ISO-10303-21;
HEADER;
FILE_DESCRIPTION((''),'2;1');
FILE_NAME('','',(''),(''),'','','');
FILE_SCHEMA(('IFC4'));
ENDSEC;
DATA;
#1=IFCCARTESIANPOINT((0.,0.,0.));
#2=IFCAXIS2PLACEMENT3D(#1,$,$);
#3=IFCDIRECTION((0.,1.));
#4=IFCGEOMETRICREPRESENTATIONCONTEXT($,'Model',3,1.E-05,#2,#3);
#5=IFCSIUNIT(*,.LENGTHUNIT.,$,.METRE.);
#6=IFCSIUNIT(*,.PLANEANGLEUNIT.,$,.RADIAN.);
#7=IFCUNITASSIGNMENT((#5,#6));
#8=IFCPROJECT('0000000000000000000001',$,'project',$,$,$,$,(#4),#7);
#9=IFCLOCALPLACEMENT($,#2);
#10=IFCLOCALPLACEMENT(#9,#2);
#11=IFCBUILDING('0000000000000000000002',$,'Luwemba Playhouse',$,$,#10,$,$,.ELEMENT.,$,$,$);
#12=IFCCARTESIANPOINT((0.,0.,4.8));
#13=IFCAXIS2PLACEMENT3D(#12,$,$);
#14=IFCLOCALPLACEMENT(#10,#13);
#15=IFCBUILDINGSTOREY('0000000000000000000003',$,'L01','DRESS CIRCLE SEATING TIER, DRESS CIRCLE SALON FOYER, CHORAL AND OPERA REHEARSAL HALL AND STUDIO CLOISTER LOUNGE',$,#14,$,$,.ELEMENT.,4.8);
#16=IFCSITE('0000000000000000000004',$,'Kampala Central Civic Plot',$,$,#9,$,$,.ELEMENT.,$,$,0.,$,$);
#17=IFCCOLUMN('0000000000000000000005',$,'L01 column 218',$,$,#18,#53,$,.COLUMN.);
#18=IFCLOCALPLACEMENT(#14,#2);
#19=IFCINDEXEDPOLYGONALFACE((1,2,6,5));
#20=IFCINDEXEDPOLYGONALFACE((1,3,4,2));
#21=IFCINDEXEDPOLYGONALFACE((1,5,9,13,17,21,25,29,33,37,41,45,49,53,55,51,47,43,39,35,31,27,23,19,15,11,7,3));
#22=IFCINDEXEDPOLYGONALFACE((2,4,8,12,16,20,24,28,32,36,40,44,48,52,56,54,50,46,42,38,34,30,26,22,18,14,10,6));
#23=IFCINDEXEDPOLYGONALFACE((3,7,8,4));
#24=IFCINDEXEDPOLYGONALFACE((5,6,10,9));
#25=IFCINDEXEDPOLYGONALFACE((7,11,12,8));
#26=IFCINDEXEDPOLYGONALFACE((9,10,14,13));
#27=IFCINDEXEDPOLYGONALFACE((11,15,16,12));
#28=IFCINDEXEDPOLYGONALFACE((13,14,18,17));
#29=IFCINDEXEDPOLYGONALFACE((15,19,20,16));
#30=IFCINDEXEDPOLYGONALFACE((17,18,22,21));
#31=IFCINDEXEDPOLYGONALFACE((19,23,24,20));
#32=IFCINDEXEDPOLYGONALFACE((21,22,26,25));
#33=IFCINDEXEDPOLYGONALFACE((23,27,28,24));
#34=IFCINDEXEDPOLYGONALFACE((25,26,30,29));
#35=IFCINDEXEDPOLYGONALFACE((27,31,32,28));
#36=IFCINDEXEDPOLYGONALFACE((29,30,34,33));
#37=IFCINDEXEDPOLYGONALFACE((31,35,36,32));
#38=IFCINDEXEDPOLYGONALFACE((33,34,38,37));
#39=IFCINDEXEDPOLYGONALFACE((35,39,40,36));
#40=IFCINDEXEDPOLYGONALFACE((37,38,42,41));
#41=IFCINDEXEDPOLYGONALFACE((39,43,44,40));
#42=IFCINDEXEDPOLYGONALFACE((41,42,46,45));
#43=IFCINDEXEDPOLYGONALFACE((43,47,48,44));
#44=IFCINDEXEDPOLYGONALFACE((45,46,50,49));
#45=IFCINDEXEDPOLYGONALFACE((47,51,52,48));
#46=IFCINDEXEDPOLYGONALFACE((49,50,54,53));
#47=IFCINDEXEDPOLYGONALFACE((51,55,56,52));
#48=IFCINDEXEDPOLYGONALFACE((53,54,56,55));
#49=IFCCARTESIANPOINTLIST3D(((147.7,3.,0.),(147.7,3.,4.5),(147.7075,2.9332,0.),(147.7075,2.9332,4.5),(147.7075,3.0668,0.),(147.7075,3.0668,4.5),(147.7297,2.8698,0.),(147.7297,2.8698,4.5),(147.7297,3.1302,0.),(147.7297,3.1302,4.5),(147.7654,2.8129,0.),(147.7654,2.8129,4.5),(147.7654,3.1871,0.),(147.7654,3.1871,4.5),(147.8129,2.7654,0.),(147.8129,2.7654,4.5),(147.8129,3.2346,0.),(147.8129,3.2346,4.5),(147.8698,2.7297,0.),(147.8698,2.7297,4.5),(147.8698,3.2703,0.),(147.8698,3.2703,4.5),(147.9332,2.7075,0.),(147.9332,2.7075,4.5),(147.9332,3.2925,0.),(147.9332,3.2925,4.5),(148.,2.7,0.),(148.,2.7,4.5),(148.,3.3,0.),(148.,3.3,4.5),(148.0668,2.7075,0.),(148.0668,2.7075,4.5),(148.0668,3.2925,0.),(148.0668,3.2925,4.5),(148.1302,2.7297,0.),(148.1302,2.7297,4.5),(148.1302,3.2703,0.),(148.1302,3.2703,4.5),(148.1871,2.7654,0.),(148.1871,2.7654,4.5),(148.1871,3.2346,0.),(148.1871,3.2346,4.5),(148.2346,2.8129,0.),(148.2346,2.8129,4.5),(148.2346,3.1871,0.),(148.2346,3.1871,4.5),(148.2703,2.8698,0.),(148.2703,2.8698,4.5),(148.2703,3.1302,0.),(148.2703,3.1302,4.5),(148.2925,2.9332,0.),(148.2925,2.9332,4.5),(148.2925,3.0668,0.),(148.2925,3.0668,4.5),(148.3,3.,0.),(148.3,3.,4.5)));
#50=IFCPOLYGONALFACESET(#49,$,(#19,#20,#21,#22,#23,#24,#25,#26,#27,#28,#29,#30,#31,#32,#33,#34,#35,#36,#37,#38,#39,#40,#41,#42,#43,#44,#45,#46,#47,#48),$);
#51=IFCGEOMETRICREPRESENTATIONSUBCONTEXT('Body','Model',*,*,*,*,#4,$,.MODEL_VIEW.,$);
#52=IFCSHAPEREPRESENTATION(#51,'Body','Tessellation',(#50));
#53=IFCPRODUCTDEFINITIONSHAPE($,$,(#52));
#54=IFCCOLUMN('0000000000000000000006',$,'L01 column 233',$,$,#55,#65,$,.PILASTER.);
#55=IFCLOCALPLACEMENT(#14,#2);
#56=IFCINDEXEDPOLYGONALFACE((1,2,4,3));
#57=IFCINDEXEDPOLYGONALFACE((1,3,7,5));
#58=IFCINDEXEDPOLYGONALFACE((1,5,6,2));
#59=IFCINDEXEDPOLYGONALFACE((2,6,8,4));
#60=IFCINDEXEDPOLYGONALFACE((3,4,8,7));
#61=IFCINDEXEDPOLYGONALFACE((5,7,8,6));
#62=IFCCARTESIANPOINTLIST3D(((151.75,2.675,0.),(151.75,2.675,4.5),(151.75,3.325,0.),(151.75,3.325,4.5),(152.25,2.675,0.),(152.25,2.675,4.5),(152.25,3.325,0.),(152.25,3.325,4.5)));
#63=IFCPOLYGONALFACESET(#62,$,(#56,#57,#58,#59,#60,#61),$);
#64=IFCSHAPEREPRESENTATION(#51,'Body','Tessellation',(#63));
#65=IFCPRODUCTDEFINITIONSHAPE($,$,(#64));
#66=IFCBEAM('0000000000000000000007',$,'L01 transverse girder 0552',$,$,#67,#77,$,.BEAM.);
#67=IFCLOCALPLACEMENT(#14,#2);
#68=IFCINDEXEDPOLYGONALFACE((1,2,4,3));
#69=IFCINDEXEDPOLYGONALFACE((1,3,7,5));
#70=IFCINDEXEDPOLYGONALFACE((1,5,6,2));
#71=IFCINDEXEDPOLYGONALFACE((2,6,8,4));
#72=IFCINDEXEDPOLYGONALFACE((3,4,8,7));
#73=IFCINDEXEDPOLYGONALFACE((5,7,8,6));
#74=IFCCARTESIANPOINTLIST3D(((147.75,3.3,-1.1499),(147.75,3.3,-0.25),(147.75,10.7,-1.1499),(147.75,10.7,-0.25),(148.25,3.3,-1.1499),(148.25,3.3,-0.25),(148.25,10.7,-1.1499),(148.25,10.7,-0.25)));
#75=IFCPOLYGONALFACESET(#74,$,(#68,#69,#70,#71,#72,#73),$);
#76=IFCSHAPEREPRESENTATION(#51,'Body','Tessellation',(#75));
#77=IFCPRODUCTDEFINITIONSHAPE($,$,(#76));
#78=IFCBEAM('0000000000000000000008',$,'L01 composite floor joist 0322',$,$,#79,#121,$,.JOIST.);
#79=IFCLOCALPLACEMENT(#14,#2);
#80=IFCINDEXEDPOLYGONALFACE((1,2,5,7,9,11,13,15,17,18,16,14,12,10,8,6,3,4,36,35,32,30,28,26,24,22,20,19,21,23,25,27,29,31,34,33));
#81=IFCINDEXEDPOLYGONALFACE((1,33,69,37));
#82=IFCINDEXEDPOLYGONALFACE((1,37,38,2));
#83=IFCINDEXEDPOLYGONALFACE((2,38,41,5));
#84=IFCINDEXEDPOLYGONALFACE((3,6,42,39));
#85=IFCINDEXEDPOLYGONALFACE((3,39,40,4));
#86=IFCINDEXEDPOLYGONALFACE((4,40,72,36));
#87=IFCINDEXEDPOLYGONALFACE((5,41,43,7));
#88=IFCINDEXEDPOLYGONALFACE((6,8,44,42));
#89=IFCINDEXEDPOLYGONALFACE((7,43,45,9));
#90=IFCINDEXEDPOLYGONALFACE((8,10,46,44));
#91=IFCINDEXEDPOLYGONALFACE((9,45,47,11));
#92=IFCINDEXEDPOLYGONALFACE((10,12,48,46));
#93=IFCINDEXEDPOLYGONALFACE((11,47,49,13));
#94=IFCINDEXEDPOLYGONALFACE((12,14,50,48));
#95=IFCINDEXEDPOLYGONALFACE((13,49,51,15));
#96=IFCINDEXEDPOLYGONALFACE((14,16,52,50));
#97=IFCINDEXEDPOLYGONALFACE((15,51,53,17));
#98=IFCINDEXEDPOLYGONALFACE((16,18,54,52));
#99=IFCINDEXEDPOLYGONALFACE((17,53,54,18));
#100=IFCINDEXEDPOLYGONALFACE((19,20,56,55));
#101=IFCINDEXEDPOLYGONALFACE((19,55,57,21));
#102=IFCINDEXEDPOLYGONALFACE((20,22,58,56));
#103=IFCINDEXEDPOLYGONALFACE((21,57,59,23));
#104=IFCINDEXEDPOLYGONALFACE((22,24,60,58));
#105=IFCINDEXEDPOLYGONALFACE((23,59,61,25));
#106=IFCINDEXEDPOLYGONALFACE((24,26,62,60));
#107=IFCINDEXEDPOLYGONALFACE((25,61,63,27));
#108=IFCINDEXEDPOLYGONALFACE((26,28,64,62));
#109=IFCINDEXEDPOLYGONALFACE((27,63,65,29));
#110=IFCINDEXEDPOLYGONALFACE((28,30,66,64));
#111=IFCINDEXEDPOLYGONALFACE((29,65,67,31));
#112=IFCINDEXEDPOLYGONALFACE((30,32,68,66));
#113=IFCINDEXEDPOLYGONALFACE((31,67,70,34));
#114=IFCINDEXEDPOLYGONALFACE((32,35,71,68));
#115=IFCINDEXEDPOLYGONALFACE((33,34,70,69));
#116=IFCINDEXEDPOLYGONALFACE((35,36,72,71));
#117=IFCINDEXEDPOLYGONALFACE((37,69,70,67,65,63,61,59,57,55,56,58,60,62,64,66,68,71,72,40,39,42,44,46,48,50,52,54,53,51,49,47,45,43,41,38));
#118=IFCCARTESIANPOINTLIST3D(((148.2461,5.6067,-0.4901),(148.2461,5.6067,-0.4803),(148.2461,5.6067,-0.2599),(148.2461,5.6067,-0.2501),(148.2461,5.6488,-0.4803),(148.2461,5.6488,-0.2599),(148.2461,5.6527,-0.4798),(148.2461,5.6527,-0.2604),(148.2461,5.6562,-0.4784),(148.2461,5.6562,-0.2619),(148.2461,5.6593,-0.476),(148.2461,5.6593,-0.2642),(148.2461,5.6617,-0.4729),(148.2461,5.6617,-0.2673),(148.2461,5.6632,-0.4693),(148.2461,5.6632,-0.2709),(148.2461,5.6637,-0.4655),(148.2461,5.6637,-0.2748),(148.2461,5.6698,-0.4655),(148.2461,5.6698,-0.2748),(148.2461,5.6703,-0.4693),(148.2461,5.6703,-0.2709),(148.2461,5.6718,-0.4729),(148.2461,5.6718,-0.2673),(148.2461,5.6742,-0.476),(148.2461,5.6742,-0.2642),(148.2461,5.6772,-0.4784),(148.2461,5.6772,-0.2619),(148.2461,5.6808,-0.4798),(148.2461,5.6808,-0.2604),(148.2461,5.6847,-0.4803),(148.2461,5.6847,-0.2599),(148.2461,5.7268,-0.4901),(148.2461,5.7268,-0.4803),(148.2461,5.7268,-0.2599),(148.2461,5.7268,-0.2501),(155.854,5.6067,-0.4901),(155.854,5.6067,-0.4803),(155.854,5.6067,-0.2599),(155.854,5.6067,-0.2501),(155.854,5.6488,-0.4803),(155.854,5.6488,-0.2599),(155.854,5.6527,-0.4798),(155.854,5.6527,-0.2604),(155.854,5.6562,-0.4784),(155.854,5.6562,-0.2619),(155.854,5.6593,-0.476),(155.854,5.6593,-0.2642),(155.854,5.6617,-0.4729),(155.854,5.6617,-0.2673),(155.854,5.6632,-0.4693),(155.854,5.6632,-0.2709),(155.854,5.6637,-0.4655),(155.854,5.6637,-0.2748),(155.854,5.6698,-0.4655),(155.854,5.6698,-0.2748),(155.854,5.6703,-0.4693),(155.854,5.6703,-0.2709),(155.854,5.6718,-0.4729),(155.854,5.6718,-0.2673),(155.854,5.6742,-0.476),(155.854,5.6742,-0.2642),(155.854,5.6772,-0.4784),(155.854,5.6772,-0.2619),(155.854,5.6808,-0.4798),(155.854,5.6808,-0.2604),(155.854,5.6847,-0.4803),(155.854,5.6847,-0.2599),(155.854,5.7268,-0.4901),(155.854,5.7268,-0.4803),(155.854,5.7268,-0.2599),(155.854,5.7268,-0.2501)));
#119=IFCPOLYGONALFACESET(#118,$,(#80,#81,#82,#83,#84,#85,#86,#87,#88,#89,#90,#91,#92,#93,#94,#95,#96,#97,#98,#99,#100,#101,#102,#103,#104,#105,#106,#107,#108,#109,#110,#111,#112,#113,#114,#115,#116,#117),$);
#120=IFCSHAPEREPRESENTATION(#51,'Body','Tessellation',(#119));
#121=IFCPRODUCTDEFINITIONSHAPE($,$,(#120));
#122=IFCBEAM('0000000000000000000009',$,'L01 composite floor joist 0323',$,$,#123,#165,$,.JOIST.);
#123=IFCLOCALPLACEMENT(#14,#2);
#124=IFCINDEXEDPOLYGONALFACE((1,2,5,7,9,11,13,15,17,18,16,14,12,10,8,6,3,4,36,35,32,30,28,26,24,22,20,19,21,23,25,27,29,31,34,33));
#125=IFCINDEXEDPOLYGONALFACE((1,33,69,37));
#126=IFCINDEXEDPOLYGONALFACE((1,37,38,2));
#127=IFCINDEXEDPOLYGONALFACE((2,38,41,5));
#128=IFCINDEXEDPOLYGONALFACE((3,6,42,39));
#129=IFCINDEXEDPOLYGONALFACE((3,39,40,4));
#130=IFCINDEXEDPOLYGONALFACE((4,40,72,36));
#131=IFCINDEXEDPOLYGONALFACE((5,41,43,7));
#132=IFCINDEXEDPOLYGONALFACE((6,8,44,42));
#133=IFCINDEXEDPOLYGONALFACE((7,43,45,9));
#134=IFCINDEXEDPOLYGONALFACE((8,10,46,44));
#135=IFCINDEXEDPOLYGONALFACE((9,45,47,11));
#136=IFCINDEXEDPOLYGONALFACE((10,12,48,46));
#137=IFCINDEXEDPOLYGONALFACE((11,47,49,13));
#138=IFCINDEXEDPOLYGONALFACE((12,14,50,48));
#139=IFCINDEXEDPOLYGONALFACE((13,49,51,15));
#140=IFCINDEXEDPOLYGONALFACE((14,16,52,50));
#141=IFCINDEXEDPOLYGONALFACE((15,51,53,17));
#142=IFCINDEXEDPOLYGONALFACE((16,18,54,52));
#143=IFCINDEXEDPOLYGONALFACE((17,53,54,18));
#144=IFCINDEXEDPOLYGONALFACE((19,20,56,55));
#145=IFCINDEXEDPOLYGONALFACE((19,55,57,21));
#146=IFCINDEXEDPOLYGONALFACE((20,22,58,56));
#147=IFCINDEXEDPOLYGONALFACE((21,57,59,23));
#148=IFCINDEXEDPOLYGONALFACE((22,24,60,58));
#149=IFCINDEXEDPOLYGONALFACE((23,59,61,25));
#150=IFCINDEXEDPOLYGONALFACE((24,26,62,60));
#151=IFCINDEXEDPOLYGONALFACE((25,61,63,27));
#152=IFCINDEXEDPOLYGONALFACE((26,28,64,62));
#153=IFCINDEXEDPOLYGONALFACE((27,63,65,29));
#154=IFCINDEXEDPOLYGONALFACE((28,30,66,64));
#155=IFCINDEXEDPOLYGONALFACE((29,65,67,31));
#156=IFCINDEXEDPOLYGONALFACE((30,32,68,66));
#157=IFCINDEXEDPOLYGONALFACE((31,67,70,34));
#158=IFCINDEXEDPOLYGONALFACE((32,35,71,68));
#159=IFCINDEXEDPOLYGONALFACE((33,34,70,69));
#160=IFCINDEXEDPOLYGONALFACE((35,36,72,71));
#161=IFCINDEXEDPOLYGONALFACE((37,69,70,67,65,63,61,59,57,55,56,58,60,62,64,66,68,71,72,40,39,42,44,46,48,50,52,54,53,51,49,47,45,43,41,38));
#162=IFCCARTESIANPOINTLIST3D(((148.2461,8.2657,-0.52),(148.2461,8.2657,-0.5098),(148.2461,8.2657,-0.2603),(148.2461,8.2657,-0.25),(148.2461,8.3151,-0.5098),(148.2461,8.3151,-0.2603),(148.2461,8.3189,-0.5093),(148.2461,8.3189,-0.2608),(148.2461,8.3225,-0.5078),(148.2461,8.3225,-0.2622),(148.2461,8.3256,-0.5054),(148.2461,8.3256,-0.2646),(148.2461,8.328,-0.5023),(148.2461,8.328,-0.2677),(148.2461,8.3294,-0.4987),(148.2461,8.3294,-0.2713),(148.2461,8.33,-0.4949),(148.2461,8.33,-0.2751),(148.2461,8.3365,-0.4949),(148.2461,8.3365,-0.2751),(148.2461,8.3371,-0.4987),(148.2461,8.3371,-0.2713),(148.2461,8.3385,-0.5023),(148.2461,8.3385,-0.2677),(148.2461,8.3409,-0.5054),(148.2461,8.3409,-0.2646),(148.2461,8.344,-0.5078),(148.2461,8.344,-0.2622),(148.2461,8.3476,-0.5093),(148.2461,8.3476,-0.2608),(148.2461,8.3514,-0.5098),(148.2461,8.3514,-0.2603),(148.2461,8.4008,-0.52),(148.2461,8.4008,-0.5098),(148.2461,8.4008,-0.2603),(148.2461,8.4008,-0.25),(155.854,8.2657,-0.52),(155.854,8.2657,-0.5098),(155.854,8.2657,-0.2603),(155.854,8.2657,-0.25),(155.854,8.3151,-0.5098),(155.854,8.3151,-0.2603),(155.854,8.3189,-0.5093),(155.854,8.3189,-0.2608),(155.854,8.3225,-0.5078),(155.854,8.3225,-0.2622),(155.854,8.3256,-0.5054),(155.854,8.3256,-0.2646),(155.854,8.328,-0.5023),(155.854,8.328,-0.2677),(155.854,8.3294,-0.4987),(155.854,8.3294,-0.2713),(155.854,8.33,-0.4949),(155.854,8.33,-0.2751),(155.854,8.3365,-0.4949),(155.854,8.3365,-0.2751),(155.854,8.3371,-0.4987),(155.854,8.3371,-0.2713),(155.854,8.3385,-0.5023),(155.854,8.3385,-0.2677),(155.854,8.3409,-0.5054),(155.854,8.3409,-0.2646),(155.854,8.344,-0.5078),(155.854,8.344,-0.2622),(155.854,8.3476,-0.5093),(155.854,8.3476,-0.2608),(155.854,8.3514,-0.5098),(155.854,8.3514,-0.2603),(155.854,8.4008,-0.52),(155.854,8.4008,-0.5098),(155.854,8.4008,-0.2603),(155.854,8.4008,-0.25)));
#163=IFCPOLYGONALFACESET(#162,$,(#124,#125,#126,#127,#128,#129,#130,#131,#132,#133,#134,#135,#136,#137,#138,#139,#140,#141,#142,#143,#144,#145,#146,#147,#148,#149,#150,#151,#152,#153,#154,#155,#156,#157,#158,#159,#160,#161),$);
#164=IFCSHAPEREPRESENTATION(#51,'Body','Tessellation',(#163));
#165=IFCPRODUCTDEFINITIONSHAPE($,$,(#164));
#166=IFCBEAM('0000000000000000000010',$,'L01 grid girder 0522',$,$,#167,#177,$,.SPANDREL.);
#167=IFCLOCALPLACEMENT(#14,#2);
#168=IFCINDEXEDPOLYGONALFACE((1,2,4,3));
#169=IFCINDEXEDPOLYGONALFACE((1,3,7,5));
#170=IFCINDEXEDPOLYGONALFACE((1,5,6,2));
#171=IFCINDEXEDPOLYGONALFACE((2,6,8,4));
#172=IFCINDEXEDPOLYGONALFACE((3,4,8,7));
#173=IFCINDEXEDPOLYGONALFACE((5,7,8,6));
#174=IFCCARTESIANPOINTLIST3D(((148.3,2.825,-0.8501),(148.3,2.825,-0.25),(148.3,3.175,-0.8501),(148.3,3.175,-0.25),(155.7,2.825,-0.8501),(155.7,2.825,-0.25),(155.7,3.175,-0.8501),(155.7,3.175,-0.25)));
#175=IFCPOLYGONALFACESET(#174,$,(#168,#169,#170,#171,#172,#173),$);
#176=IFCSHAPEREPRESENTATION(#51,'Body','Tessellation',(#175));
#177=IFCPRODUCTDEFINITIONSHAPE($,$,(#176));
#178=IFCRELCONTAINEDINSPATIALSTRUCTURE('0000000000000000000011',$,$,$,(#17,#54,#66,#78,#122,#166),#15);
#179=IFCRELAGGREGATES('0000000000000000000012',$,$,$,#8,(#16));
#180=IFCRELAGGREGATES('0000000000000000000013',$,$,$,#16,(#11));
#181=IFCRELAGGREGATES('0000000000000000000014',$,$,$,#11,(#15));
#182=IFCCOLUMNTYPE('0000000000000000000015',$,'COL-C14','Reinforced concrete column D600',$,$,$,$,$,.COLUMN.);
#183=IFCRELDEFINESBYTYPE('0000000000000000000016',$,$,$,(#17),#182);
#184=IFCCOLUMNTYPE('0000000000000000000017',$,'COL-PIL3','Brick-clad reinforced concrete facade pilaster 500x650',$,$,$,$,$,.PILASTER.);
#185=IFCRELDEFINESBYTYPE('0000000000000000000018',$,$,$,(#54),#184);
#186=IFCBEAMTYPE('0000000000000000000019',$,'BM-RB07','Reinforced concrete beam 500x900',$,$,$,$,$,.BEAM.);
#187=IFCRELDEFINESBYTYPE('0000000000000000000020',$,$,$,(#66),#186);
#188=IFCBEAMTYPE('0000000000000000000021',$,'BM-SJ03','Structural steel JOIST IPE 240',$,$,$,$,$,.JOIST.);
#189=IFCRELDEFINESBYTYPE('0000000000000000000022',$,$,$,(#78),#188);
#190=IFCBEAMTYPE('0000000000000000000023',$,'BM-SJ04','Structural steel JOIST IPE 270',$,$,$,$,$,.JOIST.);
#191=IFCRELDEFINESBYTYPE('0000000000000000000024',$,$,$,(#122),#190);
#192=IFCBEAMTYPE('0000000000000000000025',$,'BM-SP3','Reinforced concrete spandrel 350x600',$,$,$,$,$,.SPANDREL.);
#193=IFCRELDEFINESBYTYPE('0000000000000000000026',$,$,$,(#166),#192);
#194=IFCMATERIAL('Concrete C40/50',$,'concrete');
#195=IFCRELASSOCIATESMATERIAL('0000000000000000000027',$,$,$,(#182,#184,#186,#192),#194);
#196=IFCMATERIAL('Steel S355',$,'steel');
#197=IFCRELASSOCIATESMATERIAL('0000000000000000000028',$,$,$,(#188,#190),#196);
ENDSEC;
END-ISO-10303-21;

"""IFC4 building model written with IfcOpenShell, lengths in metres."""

from ifc_helpers import new_model, si_unit, direction, frame, origin, origin_2d, place, context, subcontext, project, spatial, rectangle, circle, i_section, extrude, material, material_profile, profile_set, type_object, element, save


model = new_model("IFC4")

# Units and contexts
model_context = context("Model", 3, precision=1e-05, world=origin(), true_north=direction((0.0, 1.0)))
body_context = subcontext(model_context, "Body", "Model", "MODEL_VIEW")
ifc_project = project(units=[si_unit("LENGTHUNIT", "METRE"), si_unit("PLANEANGLEUNIT", "RADIAN")], contexts=[model_context])

# Site, building, storey
site_placement = place(None, origin())
site = spatial("IfcSite", under=ifc_project, at=site_placement, Name="Kampala Central Civic Plot", CompositionType="ELEMENT", RefElevation=0.0)
building_placement = place(site_placement, origin())
building = spatial("IfcBuilding", under=site, at=building_placement, Name="Luwemba Playhouse", CompositionType="ELEMENT")
storey_placement = place(building_placement, frame((0.0, 0.0, 4.8)))
storey = spatial("IfcBuildingStorey", under=building, at=storey_placement, Name="L01", Description="DRESS CIRCLE SEATING TIER, DRESS CIRCLE SALON FOYER, CHORAL AND OPERA REHEARSAL HALL AND STUDIO CLOISTER LOUNGE", CompositionType="ELEMENT", Elevation=4.8)

# Columns
ifc_material_1 = material(Name="Concrete C40/50", Category="concrete")
ifc_material_profile_1 = material_profile(ifc_material_1, circle(Radius=0.3, at=origin_2d()))
ifc_profile_set_1 = profile_set([ifc_material_profile_1], Name="Concrete C40/50")
column_type_1 = type_object("IfcColumnType", Name="COL-C14", Description="Reinforced concrete column D600", PredefinedType="COLUMN", material=ifc_profile_set_1)
column_1_placement = place(storey_placement, frame((148.0, 3.0, 0.0), z_axis=(0.0, 0.0, 1.0), x_axis=(1.0, 0.0, 0.0)))
element("IfcColumn", 1, at=column_1_placement, inside=storey, type_object=column_type_1, Name="L01 column 218", PredefinedType="COLUMN", context=body_context, shape_type="SweptSolid", body=[
    extrude(circle(Radius=0.3, at=origin_2d()), origin(), (0.0, 0.0, 1.0), 4.5),
])
ifc_material_profile_2 = material_profile(ifc_material_1, rectangle(XDim=0.5, YDim=0.6499, at=origin_2d()))
ifc_profile_set_2 = profile_set([ifc_material_profile_2], Name="Concrete C40/50")
column_type_2 = type_object("IfcColumnType", Name="COL-PIL3", Description="Brick-clad reinforced concrete facade pilaster 500x650", PredefinedType="PILASTER", material=ifc_profile_set_2)
column_2_placement = place(storey_placement, frame((152.0, 3.0, 0.0), z_axis=(0.0, 0.0, 1.0), x_axis=(1.0, 0.0, 0.0)))
element("IfcColumn", 2, at=column_2_placement, inside=storey, type_object=column_type_2, Name="L01 column 233", PredefinedType="PILASTER", context=body_context, shape_type="SweptSolid", body=[
    extrude(rectangle(XDim=0.5, YDim=0.6499, at=origin_2d()), origin(), (0.0, 0.0, 1.0), 4.5),
])

# Beams
ifc_material_profile_3 = material_profile(ifc_material_1, rectangle(XDim=0.5, YDim=0.8999, at=origin_2d()))
ifc_profile_set_3 = profile_set([ifc_material_profile_3], Name="Concrete C40/50")
beam_type_1 = type_object("IfcBeamType", Name="BM-RB07", Description="Reinforced concrete beam 500x900", PredefinedType="BEAM", material=ifc_profile_set_3)
beam_1_placement = place(storey_placement, frame((148.0, 3.3, -0.7), z_axis=(0.0, 1.0, 0.0), x_axis=(-1.0, 0.0, 0.0)))
element("IfcBeam", 3, at=beam_1_placement, inside=storey, type_object=beam_type_1, Name="L01 transverse girder 0552", PredefinedType="BEAM", context=body_context, shape_type="SweptSolid", body=[
    extrude(rectangle(XDim=0.5, YDim=0.8999, at=origin_2d()), origin(), (0.0, 0.0, 1.0), 7.3999),
])
ifc_material_2 = material(Name="Steel S355", Category="steel")
ifc_material_profile_4 = material_profile(ifc_material_2, i_section(OverallWidth=0.1201, OverallDepth=0.24, WebThickness=0.0061, FlangeThickness=0.0098, FilletRadius=0.0149, at=origin_2d()))
ifc_profile_set_4 = profile_set([ifc_material_profile_4], Name="Steel S355")
beam_type_2 = type_object("IfcBeamType", Name="BM-SJ03", Description="Structural steel JOIST IPE 240", PredefinedType="JOIST", material=ifc_profile_set_4)
beam_2_placement = place(storey_placement, frame((148.2461, 5.6667, -0.3701), z_axis=(1.0, 0.0, 0.0), x_axis=(0.0, 1.0, 0.0)))
element("IfcBeam", 4, at=beam_2_placement, inside=storey, type_object=beam_type_2, Name="L01 composite floor joist 0322", PredefinedType="JOIST", context=body_context, shape_type="SweptSolid", body=[
    extrude(i_section(OverallWidth=0.1201, OverallDepth=0.24, WebThickness=0.0061, FlangeThickness=0.0098, FilletRadius=0.0149, at=origin_2d()), origin(), (0.0, 0.0, 1.0), 7.6079),
])
ifc_material_profile_5 = material_profile(ifc_material_2, i_section(OverallWidth=0.135, OverallDepth=0.27, WebThickness=0.0066, FlangeThickness=0.0103, FilletRadius=0.0149, at=origin_2d()))
ifc_profile_set_5 = profile_set([ifc_material_profile_5], Name="Steel S355")
beam_type_3 = type_object("IfcBeamType", Name="BM-SJ04", Description="Structural steel JOIST IPE 270", PredefinedType="JOIST", material=ifc_profile_set_5)
beam_3_placement = place(storey_placement, frame((148.2461, 8.3333, -0.385), z_axis=(1.0, 0.0, 0.0), x_axis=(0.0, 1.0, 0.0)))
element("IfcBeam", 5, at=beam_3_placement, inside=storey, type_object=beam_type_3, Name="L01 composite floor joist 0323", PredefinedType="JOIST", context=body_context, shape_type="SweptSolid", body=[
    extrude(i_section(OverallWidth=0.135, OverallDepth=0.27, WebThickness=0.0066, FlangeThickness=0.0103, FilletRadius=0.0149, at=origin_2d()), origin(), (0.0, 0.0, 1.0), 7.6079),
])
ifc_material_profile_6 = material_profile(ifc_material_1, rectangle(XDim=0.3501, YDim=0.6001, at=origin_2d()))
ifc_profile_set_6 = profile_set([ifc_material_profile_6], Name="Concrete C40/50")
beam_type_4 = type_object("IfcBeamType", Name="BM-SP3", Description="Reinforced concrete spandrel 350x600", PredefinedType="SPANDREL", material=ifc_profile_set_6)
beam_4_placement = place(storey_placement, frame((148.3, 3.0, -0.55), z_axis=(1.0, 0.0, 0.0), x_axis=(0.0, 1.0, 0.0)))
element("IfcBeam", 6, at=beam_4_placement, inside=storey, type_object=beam_type_4, Name="L01 grid girder 0522", PredefinedType="SPANDREL", context=body_context, shape_type="SweptSolid", body=[
    extrude(rectangle(XDim=0.3501, YDim=0.6001, at=origin_2d()), origin(), (0.0, 0.0, 1.0), 7.3999),
])

save(model, "model.ifc")
